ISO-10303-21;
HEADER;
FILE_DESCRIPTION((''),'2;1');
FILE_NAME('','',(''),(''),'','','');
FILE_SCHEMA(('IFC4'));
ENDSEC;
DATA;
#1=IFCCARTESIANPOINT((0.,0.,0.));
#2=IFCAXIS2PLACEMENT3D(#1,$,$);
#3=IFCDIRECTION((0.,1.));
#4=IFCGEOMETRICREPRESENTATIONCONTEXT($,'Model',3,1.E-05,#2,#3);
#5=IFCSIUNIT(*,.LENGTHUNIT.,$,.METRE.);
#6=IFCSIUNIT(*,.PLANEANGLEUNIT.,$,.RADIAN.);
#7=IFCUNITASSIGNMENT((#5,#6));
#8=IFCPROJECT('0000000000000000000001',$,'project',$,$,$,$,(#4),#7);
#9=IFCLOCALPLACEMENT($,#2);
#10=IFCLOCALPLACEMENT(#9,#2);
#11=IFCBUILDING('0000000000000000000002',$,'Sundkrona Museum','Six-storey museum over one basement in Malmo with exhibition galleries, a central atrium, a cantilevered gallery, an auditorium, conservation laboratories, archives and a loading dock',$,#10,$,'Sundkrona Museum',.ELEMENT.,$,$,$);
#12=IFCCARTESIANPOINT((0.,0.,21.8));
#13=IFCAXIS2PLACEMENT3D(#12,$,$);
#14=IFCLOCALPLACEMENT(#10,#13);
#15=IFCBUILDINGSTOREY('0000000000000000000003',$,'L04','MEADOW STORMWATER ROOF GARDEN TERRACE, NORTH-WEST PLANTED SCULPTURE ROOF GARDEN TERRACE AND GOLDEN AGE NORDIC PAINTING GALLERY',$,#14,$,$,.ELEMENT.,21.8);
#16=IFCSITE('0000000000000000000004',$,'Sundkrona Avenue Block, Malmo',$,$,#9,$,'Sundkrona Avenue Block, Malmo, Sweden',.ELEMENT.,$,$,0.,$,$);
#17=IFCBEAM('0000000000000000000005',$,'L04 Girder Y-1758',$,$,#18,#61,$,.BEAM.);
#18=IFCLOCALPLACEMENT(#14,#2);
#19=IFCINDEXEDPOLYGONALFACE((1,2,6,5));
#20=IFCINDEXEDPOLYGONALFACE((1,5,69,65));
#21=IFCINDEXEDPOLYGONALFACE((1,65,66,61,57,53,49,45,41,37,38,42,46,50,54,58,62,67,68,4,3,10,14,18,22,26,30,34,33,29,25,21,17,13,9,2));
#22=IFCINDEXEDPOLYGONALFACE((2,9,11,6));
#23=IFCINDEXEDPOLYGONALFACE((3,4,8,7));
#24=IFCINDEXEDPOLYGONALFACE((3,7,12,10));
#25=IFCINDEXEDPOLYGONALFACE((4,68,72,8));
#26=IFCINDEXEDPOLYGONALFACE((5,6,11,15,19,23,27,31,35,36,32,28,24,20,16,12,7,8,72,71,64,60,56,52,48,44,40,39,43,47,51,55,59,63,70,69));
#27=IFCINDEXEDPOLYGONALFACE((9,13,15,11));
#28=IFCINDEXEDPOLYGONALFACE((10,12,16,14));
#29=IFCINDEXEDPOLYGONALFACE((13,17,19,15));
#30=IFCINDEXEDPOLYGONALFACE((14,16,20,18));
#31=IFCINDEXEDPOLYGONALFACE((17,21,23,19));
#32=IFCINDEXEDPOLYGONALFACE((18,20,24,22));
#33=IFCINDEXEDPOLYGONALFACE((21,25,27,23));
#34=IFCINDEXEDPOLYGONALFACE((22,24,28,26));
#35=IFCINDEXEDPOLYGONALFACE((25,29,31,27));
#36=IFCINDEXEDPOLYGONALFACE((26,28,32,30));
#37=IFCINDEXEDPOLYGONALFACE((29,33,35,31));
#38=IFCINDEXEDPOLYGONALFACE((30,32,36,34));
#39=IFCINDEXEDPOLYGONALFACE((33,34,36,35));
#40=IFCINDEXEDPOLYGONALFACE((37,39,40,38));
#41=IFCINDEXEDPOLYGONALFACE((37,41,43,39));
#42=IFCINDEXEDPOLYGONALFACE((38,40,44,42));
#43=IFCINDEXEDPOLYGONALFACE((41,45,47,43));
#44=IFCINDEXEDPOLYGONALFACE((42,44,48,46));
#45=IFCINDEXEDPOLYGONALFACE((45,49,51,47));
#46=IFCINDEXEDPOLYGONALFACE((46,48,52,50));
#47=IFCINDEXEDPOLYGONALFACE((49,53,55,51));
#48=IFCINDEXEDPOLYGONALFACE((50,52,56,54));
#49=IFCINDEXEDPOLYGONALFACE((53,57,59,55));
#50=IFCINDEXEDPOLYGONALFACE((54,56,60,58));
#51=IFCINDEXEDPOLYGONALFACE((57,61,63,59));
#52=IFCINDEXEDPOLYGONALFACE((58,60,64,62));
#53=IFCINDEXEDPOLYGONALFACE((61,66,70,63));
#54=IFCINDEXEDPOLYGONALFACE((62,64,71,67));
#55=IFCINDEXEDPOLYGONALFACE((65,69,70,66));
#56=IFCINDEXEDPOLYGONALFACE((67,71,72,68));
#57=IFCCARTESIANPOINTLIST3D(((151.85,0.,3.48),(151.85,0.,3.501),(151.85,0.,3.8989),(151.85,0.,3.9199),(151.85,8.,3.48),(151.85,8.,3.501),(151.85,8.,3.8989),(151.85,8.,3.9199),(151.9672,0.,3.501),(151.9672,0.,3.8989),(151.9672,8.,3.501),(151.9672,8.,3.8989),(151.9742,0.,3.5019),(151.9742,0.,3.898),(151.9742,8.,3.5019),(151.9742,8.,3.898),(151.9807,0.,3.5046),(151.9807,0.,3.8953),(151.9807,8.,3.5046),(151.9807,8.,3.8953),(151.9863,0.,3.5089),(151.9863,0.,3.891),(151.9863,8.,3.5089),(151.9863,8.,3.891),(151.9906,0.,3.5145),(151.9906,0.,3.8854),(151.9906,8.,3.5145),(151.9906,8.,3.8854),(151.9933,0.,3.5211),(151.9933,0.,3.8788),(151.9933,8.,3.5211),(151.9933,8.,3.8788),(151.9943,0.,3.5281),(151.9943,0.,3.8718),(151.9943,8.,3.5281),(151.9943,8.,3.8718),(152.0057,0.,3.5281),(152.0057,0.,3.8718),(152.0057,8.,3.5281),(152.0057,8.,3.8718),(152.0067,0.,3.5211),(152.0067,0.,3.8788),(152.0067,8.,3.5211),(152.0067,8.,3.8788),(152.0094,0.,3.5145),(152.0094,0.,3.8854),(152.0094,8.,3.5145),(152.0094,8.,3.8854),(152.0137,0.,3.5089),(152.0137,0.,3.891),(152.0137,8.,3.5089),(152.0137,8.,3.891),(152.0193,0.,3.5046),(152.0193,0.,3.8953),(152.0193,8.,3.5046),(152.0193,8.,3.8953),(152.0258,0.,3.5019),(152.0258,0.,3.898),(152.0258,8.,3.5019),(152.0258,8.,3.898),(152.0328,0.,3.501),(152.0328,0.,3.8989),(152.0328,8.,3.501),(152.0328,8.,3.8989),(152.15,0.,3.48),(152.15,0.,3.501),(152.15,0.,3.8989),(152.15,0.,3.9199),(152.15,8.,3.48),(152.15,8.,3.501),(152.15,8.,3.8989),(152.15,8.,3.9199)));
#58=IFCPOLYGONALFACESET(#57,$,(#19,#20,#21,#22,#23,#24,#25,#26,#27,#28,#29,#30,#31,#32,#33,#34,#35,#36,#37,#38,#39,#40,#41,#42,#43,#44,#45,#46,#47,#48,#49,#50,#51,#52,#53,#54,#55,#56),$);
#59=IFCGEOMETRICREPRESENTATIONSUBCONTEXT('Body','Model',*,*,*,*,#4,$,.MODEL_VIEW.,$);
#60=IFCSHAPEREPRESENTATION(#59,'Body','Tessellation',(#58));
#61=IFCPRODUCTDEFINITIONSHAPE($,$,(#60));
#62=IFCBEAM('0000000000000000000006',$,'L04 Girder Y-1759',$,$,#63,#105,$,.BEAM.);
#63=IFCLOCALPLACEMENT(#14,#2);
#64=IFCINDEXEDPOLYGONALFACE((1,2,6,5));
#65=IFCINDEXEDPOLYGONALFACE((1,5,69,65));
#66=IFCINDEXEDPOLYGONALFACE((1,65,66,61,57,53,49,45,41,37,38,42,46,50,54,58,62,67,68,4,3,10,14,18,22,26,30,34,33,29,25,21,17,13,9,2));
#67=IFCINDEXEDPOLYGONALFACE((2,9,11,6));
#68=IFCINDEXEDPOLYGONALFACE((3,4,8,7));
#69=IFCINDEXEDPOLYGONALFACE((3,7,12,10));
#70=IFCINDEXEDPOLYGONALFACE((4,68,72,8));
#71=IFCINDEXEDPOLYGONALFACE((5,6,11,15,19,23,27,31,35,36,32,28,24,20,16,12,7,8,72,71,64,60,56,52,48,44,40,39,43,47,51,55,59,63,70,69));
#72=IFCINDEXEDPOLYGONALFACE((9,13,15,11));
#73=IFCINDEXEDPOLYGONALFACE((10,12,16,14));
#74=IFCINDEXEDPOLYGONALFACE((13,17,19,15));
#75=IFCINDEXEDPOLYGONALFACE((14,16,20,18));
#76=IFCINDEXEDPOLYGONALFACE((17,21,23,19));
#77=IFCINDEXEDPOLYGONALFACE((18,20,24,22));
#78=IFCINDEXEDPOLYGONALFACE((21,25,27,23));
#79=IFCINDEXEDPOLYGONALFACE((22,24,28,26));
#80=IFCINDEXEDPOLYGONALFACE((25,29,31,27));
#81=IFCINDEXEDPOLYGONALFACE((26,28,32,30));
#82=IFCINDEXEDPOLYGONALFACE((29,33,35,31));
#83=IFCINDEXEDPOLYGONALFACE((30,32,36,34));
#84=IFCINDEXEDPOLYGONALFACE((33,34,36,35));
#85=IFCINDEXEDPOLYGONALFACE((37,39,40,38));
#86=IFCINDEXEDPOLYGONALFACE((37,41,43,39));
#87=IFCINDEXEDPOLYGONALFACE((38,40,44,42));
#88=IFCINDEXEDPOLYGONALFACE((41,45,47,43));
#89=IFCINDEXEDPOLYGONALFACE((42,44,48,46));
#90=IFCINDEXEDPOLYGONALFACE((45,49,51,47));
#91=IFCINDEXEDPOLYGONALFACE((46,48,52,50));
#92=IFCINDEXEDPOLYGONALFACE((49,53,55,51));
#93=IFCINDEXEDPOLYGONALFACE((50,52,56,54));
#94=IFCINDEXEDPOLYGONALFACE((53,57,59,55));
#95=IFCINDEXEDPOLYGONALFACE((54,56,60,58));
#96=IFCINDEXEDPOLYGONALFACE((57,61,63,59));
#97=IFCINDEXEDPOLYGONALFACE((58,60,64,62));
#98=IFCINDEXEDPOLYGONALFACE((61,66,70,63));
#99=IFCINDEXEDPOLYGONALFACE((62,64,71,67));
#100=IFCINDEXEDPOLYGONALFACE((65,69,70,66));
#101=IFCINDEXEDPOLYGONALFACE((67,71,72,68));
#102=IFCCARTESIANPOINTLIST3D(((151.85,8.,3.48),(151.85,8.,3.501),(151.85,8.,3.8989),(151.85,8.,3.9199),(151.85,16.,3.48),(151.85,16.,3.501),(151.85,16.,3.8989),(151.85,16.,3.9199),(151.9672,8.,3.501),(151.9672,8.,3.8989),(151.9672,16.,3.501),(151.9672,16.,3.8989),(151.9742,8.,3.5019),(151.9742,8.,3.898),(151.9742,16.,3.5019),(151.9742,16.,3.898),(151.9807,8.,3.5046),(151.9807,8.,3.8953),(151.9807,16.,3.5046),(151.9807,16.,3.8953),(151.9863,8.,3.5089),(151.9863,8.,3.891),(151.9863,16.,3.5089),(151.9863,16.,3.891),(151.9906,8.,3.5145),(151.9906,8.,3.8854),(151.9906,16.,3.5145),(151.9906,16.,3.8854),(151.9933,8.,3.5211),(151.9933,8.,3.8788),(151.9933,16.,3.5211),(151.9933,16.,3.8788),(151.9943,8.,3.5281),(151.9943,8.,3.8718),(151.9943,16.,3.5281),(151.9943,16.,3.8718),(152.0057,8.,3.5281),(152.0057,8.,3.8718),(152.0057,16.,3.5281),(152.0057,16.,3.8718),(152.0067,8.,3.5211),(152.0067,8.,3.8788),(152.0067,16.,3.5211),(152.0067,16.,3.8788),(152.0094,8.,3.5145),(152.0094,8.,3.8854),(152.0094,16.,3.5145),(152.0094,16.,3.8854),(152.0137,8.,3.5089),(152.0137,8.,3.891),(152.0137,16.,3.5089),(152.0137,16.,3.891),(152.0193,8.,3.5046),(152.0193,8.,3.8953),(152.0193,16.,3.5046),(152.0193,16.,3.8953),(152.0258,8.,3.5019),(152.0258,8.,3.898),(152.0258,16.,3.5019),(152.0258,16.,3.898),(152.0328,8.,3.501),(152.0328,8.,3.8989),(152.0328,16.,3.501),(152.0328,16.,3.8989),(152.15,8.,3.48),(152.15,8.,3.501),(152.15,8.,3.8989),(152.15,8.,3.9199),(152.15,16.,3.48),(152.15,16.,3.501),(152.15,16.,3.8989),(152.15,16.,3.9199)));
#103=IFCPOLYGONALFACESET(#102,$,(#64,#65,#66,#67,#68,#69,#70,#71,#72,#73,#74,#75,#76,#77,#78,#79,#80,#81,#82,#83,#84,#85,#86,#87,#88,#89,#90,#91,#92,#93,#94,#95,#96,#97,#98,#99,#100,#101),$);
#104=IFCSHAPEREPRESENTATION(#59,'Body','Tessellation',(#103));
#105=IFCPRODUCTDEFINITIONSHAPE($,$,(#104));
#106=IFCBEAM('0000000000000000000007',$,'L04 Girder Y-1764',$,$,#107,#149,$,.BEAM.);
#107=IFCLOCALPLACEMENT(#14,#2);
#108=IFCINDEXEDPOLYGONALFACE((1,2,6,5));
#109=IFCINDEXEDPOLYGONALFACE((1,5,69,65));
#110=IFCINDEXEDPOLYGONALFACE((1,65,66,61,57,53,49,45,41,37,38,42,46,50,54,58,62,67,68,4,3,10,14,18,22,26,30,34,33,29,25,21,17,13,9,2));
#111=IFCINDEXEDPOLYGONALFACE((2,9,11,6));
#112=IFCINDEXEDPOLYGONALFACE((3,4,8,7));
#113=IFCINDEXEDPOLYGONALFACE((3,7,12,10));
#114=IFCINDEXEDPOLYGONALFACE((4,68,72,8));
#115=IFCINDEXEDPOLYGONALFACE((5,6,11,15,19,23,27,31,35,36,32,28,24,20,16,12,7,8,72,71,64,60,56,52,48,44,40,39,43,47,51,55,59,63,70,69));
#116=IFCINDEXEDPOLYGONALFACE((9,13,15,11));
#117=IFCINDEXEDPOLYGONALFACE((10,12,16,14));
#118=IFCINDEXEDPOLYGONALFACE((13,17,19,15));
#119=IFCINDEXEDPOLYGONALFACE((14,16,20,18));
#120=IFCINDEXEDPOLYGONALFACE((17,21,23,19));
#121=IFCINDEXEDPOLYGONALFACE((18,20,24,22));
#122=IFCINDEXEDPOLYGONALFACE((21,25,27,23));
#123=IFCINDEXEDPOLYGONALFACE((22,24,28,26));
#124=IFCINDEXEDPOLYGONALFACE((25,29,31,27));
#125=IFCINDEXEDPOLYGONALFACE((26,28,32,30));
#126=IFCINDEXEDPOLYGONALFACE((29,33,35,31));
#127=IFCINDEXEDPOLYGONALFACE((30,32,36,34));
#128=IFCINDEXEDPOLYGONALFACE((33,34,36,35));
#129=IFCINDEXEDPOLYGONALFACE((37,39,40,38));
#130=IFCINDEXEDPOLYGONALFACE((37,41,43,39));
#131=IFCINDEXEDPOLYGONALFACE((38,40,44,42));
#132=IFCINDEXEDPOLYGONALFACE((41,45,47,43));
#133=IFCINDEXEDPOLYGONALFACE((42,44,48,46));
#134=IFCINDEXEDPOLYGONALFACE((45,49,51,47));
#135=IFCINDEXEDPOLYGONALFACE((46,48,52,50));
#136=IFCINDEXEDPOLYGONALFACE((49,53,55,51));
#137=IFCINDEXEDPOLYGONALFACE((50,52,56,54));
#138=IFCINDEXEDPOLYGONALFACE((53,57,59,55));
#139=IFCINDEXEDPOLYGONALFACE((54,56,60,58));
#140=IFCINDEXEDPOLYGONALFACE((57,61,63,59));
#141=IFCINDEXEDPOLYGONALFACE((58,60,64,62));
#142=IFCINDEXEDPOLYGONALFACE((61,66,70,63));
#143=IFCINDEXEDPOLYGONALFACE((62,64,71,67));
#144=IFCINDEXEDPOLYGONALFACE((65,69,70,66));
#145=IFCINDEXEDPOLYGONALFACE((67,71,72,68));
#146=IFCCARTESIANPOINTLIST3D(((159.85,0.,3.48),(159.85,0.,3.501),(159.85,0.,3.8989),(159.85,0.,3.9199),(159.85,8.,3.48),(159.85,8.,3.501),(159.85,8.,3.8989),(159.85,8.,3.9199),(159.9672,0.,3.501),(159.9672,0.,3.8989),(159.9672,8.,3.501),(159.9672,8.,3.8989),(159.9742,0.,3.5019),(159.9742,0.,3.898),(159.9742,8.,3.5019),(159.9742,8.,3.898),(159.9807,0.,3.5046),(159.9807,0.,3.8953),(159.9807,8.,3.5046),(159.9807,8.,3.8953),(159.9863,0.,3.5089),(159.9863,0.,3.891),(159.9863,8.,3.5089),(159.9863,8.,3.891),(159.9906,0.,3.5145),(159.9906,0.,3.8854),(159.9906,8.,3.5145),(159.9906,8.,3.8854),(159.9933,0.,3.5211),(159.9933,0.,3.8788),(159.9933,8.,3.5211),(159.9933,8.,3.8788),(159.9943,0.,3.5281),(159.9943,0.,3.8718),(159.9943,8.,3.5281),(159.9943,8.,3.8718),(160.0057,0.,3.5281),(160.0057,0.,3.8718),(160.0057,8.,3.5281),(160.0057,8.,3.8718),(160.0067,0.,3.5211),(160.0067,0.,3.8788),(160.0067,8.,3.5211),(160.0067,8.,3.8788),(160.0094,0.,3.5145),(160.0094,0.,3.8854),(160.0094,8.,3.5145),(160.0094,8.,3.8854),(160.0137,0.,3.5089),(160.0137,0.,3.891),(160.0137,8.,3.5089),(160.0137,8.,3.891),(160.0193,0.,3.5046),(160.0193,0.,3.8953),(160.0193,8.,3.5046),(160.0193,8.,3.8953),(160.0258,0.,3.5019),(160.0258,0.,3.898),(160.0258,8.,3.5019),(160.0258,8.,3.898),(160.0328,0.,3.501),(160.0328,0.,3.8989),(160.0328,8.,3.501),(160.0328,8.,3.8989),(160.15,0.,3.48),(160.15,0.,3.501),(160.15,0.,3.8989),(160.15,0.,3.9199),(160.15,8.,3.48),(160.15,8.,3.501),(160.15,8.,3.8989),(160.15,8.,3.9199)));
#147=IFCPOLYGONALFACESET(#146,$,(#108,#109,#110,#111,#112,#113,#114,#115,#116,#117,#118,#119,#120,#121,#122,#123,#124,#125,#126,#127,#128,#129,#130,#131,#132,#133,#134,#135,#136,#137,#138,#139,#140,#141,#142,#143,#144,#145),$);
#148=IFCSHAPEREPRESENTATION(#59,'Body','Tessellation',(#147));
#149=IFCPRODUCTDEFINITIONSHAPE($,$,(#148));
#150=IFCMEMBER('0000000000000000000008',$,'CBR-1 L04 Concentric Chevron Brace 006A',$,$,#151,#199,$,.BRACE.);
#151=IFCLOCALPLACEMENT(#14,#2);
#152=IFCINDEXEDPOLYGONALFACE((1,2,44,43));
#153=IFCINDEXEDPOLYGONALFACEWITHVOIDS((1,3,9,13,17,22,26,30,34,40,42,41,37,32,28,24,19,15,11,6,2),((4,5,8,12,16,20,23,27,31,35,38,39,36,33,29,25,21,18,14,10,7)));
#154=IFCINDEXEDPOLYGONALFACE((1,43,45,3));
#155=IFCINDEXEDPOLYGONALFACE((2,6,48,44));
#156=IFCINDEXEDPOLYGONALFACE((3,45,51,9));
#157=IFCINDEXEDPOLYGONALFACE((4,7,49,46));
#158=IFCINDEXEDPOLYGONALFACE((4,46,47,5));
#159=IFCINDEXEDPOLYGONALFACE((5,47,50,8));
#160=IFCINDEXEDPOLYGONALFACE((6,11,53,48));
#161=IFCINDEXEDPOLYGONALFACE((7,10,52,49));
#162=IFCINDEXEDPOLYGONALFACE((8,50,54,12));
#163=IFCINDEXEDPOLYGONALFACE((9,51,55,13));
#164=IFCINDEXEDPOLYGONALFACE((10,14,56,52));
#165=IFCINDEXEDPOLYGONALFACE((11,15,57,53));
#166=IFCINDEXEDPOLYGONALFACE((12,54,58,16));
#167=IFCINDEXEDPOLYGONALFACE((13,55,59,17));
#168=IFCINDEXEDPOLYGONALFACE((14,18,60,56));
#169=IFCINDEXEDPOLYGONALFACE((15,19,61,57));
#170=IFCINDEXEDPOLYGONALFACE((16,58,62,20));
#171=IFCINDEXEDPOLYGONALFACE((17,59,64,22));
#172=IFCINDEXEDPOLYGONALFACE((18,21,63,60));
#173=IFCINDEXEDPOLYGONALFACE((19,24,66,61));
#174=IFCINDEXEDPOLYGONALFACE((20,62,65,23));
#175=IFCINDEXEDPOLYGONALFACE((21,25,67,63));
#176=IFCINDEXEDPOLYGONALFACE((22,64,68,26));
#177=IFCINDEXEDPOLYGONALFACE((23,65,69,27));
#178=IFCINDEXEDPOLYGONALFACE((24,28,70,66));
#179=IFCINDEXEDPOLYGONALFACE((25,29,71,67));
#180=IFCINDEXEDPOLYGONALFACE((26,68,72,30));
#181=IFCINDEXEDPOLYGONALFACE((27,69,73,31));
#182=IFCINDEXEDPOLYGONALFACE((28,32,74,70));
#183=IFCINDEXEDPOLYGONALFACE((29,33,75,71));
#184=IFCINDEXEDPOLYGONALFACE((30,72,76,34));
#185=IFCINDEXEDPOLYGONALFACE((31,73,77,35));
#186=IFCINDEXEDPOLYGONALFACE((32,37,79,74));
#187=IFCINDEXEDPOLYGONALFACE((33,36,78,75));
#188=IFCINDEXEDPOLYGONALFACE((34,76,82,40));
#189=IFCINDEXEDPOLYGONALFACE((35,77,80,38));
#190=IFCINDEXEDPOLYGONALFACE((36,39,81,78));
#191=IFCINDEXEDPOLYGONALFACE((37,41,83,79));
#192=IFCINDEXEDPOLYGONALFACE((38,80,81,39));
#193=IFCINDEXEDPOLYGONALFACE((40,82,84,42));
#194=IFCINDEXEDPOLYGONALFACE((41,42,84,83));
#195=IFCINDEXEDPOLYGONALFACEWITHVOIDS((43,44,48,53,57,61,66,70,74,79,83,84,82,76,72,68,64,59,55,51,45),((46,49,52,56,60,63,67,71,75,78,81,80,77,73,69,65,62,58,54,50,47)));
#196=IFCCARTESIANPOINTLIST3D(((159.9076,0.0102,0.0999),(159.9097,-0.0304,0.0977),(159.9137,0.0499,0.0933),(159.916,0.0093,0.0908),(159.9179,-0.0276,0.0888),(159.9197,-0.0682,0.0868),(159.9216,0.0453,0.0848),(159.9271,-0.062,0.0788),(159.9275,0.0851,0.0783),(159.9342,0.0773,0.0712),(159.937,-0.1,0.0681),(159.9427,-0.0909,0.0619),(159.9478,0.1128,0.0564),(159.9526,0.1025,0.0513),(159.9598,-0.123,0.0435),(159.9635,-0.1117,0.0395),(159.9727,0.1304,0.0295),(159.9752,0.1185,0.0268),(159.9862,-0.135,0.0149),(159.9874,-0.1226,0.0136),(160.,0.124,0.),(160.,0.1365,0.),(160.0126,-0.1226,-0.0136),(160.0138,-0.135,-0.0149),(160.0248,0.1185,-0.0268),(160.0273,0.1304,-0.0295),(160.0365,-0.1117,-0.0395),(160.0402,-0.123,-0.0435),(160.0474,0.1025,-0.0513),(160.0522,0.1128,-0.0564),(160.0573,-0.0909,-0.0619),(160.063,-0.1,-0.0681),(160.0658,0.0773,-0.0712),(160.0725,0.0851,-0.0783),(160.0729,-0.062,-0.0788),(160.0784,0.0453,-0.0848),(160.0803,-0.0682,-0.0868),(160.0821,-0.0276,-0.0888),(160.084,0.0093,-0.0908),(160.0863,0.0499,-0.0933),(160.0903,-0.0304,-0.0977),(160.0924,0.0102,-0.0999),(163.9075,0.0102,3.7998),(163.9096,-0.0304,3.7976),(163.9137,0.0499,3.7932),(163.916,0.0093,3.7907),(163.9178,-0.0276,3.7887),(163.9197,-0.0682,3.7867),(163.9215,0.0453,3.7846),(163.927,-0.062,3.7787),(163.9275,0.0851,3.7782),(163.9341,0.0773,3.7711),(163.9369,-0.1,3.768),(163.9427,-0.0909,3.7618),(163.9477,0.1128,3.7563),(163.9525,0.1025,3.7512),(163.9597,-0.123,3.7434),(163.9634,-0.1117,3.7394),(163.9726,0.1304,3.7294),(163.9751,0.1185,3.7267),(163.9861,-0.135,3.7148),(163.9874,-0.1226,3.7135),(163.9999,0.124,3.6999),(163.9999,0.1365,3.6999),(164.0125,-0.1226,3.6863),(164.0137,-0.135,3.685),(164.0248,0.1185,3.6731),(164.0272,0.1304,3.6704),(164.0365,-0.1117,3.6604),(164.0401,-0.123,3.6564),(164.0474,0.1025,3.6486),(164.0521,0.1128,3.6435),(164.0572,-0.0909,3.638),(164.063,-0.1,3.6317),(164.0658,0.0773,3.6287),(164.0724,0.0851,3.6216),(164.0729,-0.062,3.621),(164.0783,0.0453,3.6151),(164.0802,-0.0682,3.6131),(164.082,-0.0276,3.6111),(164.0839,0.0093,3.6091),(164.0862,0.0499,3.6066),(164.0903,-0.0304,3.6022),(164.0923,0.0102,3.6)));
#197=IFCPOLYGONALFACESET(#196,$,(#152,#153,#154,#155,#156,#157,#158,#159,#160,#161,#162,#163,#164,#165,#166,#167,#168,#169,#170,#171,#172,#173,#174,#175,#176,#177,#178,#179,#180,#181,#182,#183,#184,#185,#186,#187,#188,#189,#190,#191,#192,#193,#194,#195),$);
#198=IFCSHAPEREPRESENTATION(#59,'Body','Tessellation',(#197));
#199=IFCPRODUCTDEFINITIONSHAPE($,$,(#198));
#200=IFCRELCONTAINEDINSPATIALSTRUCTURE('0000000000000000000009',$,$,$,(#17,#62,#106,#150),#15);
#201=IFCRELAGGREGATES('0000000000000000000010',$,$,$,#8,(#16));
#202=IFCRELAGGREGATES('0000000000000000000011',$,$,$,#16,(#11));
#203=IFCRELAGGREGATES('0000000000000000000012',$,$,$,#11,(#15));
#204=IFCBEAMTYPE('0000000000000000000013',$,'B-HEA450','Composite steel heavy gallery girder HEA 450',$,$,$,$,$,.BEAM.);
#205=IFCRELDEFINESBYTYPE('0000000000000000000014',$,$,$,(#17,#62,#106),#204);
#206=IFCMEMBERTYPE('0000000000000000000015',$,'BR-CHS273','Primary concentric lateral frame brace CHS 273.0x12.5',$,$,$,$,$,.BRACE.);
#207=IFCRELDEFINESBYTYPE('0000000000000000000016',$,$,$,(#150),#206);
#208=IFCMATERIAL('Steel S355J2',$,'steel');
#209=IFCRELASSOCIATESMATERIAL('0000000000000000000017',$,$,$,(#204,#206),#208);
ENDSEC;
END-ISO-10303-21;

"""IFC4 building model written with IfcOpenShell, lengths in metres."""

from ifc_helpers import new_model, si_unit, direction, frame, origin, origin_2d, place, context, subcontext, project, spatial, hollow_circle, i_section, extrude, material, material_profile, profile_set, type_object, element, save


model = new_model("IFC4")

# Units and contexts
model_context = context("Model", 3, precision=1e-05, world=origin(), true_north=direction((0.0, 1.0)))
body_context = subcontext(model_context, "Body", "Model", "MODEL_VIEW")
ifc_project = project(units=[si_unit("LENGTHUNIT", "METRE"), si_unit("PLANEANGLEUNIT", "RADIAN")], contexts=[model_context])

# Site, building, storey
site_placement = place(None, origin())
site = spatial("IfcSite", under=ifc_project, at=site_placement, Name="Sundkrona Avenue Block, Malmo", LongName="Sundkrona Avenue Block, Malmo, Sweden", CompositionType="ELEMENT", RefElevation=0.0)
building_placement = place(site_placement, origin())
building = spatial("IfcBuilding", under=site, at=building_placement, Name="Sundkrona Museum", Description="Six-storey museum over one basement in Malmo with exhibition galleries, a central atrium, a cantilevered gallery, an auditorium, conservation laboratories, archives and a loading dock", LongName="Sundkrona Museum", CompositionType="ELEMENT")
storey_placement = place(building_placement, frame((0.0, 0.0, 21.8)))
storey = spatial("IfcBuildingStorey", under=building, at=storey_placement, Name="L04", Description="MEADOW STORMWATER ROOF GARDEN TERRACE, NORTH-WEST PLANTED SCULPTURE ROOF GARDEN TERRACE AND GOLDEN AGE NORDIC PAINTING GALLERY", CompositionType="ELEMENT", Elevation=21.8)

# Shared definitions
ifc_material_1 = material(Name="Steel S355J2", Category="steel")

# Beams
ifc_material_profile_1 = material_profile(ifc_material_1, i_section(OverallWidth=0.3, OverallDepth=0.4399, WebThickness=0.0115, FlangeThickness=0.021, FilletRadius=0.0271, at=origin_2d()), Name="HEA 450")
ifc_profile_set_1 = profile_set([ifc_material_profile_1], Name="Steel S355J2")
beam_type_1 = type_object("IfcBeamType", Name="B-HEA450", Description="Composite steel heavy gallery girder HEA 450", PredefinedType="BEAM", material=ifc_profile_set_1)
for number, where, z_axis, x_axis, name in (
    (1, (152.0, 0.0, 3.7), (0.0, 1.0, 0.0), (-1.0, 0.0, 0.0), "L04 Girder Y-1758"),
    (2, (152.0, 8.0, 3.7), (0.0, 1.0, 0.0), (-1.0, 0.0, 0.0), "L04 Girder Y-1759"),
    (3, (160.0, 0.0, 3.7), (0.0, 1.0, 0.0), (-1.0, 0.0, 0.0), "L04 Girder Y-1764"),
):
    element("IfcBeam", number, at=place(storey_placement, frame(where, z_axis=z_axis, x_axis=x_axis)), inside=storey, type_object=beam_type_1, Name=name, PredefinedType="BEAM", context=body_context, shape_type="SweptSolid", body=[
        extrude(i_section(OverallWidth=0.3, OverallDepth=0.4399, WebThickness=0.0115, FlangeThickness=0.021, FilletRadius=0.0271, at=origin_2d()), origin(), (0.0, 0.0, 1.0), 8.0),
    ])

# Member
ifc_material_profile_2 = material_profile(ifc_material_1, hollow_circle(Radius=0.1365, WallThickness=0.0125, at=origin_2d()), Name="CHS 273.0x12.5")
ifc_profile_set_2 = profile_set([ifc_material_profile_2], Name="Steel S355J2")
member_type = type_object("IfcMemberType", Name="BR-CHS273", Description="Primary concentric lateral frame brace CHS 273.0x12.5", PredefinedType="BRACE", material=ifc_profile_set_2)
member_placement = place(storey_placement, frame((160.0, 0.0, 0.0), z_axis=(0.734104, 0.0, 0.679037), x_axis=(0.0, 1.0, 0.0)))
element("IfcMember", 4, at=member_placement, inside=storey, type_object=member_type, Name="CBR-1 L04 Concentric Chevron Brace 006A", PredefinedType="BRACE", context=body_context, shape_type="SweptSolid", body=[
    extrude(hollow_circle(Radius=0.1365, WallThickness=0.0125, at=origin_2d()), origin(), (0.0, 0.0, 1.0), 5.4487),
])

save(model, "model.ifc")
